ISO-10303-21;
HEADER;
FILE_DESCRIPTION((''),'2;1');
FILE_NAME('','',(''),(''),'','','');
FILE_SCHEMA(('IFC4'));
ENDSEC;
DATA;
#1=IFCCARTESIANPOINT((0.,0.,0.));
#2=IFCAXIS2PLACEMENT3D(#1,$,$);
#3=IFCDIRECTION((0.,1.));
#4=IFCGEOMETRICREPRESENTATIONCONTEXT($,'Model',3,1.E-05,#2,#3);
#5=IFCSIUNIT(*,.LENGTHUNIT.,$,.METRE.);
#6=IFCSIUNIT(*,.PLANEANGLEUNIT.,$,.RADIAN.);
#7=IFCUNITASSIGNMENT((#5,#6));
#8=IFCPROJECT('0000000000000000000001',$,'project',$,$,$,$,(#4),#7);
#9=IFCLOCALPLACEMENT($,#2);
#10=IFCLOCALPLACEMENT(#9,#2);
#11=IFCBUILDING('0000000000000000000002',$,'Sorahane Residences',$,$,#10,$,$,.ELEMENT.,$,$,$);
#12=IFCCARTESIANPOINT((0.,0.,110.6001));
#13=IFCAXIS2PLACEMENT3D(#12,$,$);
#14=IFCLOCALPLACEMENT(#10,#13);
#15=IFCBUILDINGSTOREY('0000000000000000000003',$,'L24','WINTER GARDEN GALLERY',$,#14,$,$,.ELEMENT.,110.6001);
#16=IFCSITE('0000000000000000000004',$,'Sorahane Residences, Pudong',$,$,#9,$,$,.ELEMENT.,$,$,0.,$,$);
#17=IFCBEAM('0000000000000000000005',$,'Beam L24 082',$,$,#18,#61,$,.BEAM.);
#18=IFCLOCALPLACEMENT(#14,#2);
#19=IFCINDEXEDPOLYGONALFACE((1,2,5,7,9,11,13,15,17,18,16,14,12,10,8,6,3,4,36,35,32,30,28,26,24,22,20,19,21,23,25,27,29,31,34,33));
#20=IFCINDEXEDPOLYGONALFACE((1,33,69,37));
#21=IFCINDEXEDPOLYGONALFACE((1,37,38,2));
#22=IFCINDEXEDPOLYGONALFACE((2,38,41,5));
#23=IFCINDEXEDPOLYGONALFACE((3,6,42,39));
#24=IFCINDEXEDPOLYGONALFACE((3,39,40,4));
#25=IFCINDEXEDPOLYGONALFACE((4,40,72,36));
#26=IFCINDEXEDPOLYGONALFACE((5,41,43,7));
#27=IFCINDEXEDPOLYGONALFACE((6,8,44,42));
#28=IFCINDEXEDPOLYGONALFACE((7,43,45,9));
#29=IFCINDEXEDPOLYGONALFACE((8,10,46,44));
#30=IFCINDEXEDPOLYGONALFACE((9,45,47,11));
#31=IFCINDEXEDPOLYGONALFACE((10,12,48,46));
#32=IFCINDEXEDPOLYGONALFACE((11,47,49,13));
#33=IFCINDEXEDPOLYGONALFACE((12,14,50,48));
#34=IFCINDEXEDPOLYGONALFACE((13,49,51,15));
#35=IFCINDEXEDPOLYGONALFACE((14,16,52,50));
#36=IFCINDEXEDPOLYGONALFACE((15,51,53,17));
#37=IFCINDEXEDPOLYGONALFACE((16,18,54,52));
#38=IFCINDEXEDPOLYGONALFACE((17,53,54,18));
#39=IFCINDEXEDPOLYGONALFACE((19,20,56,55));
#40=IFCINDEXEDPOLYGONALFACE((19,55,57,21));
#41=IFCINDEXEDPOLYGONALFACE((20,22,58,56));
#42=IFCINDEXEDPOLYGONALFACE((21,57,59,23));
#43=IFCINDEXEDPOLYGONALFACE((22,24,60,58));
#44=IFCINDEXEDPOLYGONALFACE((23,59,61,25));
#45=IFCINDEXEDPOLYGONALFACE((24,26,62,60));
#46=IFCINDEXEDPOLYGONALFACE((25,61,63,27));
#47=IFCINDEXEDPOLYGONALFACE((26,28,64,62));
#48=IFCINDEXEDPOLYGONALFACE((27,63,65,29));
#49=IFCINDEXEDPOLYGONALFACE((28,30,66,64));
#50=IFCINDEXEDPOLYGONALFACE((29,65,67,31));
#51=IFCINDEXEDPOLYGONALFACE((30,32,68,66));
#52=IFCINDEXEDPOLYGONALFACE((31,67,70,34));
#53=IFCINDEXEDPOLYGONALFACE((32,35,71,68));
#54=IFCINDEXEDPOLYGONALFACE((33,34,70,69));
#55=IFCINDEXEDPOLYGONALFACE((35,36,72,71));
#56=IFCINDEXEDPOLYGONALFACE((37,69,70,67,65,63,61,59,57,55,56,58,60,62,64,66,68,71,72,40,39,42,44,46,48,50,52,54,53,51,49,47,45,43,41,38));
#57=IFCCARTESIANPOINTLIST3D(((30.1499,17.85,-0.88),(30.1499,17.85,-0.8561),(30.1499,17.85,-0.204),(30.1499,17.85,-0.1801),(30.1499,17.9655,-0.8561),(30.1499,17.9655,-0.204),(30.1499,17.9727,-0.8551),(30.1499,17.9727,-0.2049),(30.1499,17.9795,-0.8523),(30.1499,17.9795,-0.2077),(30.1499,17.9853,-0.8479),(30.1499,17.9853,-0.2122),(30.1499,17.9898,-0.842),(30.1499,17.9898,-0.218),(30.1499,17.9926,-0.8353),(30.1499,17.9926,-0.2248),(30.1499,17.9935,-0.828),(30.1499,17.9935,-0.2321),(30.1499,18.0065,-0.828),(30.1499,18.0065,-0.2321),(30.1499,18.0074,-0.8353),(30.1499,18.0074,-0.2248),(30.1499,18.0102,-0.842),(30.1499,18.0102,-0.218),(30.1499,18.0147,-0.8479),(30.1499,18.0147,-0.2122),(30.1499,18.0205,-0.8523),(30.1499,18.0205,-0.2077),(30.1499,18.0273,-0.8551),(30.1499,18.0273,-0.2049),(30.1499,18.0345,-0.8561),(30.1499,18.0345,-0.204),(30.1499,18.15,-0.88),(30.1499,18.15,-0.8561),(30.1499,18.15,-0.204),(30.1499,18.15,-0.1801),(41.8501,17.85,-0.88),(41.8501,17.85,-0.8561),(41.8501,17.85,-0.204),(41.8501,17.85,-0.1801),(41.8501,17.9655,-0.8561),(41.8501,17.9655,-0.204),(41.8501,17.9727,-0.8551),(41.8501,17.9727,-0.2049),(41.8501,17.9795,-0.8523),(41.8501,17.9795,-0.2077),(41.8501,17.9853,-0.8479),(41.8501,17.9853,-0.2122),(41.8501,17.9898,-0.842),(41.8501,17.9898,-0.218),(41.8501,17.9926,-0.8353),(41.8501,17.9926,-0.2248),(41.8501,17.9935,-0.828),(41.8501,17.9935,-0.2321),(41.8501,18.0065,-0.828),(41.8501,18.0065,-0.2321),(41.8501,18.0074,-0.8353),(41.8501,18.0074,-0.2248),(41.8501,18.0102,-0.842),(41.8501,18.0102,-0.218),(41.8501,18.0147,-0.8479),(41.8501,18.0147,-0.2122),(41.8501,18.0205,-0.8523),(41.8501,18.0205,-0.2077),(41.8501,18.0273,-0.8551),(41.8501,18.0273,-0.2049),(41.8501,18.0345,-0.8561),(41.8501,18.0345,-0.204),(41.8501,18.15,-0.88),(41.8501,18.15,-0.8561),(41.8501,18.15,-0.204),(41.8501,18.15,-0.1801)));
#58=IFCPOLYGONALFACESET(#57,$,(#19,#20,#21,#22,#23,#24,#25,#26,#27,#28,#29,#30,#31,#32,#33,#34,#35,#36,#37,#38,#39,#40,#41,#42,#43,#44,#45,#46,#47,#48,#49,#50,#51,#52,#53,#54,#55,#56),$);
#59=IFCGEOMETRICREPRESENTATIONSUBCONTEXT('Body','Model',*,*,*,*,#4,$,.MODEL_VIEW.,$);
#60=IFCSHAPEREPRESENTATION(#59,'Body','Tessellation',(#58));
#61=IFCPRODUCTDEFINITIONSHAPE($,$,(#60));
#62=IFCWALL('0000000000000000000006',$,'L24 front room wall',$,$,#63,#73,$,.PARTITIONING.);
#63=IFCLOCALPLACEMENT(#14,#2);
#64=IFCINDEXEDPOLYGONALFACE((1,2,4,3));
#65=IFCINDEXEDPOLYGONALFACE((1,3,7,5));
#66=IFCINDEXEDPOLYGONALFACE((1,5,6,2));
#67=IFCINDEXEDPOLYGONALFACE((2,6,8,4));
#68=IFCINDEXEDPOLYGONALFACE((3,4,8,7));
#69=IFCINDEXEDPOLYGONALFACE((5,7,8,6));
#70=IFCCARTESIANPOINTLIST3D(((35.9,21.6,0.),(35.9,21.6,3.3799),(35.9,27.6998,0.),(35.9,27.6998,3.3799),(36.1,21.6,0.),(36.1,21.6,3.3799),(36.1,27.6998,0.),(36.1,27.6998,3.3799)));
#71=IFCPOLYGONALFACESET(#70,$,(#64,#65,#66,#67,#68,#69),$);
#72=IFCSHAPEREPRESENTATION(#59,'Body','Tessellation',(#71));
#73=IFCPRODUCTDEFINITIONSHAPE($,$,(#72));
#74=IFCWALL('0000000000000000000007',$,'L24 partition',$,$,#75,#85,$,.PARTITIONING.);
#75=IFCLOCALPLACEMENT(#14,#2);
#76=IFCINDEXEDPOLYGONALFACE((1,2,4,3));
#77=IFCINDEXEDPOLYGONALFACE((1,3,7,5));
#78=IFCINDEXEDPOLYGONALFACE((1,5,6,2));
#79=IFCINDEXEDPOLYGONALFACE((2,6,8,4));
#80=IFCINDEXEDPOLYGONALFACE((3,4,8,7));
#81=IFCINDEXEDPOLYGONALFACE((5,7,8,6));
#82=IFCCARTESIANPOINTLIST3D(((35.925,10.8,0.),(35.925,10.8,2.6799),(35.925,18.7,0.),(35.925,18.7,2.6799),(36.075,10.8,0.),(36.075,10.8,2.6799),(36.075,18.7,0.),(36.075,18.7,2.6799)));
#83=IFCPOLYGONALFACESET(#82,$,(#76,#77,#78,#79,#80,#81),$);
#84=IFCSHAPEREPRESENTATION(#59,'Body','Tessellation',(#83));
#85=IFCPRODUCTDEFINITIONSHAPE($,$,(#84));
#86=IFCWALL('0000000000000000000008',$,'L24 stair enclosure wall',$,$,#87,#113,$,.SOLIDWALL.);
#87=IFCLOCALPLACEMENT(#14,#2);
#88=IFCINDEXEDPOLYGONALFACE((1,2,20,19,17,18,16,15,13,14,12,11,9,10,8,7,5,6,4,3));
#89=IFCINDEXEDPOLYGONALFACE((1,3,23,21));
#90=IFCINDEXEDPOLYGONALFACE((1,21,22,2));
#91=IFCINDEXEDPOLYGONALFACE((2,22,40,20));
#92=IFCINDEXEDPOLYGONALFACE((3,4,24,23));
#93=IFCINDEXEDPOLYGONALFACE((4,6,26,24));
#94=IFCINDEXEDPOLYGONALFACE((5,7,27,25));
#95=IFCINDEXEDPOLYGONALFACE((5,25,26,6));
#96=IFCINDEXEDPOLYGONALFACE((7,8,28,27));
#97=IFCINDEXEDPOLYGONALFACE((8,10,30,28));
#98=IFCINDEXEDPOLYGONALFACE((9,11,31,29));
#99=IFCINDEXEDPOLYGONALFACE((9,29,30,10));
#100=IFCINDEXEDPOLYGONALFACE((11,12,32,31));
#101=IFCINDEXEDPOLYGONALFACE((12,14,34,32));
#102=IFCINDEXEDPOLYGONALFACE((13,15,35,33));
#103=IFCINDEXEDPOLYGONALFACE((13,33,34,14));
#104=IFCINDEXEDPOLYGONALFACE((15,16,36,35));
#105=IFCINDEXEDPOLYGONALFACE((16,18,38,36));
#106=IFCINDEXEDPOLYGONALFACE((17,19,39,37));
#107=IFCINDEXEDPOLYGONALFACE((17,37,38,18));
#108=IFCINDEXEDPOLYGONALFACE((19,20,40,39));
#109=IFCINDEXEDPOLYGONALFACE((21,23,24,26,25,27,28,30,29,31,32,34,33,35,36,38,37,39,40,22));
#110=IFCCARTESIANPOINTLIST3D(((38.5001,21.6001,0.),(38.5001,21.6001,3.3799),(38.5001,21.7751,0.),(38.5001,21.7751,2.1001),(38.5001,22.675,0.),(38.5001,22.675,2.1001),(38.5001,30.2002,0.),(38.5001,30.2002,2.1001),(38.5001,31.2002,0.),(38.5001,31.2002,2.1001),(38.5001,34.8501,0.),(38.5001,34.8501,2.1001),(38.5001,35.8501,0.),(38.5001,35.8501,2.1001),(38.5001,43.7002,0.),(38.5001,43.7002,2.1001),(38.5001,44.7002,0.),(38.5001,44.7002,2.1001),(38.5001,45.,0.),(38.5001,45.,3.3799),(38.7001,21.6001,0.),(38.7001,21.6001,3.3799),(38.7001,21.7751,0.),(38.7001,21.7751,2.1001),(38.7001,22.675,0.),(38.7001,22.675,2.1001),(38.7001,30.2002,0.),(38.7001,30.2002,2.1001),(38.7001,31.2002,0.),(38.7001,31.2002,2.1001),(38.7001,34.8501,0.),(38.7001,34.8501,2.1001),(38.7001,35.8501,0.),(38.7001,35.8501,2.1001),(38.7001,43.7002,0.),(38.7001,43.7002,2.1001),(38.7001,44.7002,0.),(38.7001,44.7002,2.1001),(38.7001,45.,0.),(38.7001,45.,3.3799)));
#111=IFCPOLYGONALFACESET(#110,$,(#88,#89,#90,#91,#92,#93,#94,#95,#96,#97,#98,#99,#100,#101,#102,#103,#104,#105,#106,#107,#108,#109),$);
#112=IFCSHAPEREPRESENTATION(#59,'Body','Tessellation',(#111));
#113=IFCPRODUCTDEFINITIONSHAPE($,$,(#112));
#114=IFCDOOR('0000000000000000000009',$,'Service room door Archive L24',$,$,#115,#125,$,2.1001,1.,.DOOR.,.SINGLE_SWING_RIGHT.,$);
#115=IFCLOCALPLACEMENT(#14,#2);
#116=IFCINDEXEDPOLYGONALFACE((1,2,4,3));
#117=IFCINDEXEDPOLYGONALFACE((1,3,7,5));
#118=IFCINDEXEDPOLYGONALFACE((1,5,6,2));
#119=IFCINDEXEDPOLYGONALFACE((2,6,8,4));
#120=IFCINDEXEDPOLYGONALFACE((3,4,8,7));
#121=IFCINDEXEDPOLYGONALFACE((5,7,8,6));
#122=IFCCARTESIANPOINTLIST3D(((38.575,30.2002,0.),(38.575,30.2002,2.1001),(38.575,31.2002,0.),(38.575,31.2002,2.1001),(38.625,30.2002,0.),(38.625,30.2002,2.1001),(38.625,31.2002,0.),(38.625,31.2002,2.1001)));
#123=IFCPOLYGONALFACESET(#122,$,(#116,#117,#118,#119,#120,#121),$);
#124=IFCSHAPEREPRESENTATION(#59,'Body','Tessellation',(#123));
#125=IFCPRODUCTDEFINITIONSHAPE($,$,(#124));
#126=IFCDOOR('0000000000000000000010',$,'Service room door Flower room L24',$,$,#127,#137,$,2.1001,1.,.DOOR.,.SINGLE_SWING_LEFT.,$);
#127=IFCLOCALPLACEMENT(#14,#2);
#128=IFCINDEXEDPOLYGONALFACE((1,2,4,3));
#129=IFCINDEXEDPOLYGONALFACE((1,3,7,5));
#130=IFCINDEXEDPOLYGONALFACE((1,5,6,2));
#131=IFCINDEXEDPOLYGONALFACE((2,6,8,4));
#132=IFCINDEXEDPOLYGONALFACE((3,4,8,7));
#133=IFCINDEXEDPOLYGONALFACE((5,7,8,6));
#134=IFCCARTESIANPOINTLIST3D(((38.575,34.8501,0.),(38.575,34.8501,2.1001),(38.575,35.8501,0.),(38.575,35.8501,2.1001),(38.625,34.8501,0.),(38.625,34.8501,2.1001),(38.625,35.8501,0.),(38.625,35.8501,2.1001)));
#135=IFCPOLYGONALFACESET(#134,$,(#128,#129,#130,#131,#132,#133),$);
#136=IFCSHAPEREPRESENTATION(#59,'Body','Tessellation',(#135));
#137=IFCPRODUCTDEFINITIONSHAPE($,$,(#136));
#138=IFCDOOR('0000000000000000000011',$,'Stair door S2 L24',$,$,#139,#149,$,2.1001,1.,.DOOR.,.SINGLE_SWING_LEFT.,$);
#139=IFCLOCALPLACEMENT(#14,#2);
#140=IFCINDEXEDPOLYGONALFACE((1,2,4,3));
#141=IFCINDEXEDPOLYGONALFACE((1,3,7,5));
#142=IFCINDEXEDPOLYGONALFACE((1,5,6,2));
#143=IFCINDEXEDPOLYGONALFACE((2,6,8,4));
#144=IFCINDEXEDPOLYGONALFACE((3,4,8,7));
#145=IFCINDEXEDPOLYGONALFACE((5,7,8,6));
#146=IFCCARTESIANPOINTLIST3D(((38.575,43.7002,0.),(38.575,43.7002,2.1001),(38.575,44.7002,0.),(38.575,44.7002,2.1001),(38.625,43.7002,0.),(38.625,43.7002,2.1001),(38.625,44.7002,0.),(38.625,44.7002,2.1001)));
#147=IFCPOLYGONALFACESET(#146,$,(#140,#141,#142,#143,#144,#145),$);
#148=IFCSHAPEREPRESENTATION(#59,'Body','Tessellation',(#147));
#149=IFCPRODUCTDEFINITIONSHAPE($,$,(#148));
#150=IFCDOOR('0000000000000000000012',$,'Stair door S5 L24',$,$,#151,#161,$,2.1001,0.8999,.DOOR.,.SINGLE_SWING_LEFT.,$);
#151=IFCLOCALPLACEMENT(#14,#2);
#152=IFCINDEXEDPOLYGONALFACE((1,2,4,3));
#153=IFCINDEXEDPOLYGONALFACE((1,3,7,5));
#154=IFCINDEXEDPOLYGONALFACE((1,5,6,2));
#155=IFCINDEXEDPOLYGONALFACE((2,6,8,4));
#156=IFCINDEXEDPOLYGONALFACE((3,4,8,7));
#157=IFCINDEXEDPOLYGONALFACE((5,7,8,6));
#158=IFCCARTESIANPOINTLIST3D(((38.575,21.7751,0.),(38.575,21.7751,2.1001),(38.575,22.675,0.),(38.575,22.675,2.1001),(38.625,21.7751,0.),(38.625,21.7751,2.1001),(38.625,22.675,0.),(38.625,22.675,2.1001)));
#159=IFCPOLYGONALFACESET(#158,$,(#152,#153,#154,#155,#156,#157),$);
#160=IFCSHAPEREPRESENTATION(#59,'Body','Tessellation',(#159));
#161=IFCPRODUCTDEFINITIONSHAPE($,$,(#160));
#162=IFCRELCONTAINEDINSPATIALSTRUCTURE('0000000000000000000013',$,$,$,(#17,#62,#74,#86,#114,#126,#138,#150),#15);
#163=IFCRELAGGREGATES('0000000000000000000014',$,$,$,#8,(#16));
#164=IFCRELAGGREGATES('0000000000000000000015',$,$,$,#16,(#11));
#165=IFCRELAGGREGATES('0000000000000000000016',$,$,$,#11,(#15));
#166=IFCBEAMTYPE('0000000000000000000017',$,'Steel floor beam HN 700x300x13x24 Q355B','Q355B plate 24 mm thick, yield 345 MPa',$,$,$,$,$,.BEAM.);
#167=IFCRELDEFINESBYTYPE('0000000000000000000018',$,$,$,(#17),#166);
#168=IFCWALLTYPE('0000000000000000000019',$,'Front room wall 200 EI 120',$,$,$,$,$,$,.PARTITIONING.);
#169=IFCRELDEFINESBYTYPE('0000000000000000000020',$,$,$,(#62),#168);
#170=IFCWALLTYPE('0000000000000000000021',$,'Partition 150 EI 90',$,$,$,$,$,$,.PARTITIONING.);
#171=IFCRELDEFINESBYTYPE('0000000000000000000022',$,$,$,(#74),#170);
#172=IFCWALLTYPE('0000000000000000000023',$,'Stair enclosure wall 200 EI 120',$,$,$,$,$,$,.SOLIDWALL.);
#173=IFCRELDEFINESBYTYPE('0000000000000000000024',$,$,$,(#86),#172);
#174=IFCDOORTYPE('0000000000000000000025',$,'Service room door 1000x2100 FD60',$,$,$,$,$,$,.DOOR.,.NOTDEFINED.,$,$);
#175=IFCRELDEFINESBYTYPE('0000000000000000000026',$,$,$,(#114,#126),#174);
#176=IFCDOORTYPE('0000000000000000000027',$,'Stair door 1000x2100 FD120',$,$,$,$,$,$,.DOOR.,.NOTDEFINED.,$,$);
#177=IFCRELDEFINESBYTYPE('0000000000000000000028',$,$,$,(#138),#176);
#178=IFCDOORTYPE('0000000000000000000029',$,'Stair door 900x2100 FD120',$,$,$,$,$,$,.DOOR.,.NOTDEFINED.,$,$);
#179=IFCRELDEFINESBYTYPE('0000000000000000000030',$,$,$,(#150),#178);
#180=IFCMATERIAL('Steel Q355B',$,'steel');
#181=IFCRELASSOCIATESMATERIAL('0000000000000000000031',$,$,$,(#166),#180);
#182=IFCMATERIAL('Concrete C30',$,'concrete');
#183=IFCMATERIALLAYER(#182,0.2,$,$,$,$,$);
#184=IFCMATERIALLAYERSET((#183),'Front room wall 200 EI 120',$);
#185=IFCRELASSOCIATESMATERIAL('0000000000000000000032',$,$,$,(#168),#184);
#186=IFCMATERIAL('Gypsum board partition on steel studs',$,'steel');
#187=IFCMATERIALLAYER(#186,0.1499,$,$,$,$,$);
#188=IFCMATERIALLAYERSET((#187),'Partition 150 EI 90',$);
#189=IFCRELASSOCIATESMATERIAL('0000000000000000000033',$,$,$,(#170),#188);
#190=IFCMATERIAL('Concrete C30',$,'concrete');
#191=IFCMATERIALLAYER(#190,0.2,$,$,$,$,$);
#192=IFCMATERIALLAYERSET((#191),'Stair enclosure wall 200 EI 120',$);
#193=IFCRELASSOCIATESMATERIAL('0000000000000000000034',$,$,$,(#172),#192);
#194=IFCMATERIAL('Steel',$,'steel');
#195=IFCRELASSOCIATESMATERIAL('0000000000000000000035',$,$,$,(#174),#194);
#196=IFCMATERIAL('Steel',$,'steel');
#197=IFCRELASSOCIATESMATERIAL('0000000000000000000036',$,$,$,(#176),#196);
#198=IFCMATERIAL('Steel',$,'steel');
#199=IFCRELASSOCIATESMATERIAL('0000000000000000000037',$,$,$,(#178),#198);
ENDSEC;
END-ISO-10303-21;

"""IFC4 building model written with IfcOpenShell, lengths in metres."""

from ifc_helpers import new_model, si_unit, direction, frame, frame_2d, origin, origin_2d, place, context, subcontext, project, spatial, rectangle, i_section, extrude, material, layer, layer_set, material_profile, profile_set, type_object, element, fill, save


model = new_model("IFC4")

# Units and contexts
model_context = context("Model", 3, precision=1e-05, world=origin(), true_north=direction((0.0, 1.0)))
body_context = subcontext(model_context, "Body", "Model", "MODEL_VIEW")
ifc_project = project(units=[si_unit("LENGTHUNIT", "METRE"), si_unit("PLANEANGLEUNIT", "RADIAN")], contexts=[model_context])

# Site, building, storey
site_placement = place(None, origin())
site = spatial("IfcSite", under=ifc_project, at=site_placement, Name="Sorahane Residences, Pudong", CompositionType="ELEMENT", RefElevation=0.0)
building_placement = place(site_placement, origin())
building = spatial("IfcBuilding", under=site, at=building_placement, Name="Sorahane Residences", CompositionType="ELEMENT")
storey_placement = place(building_placement, frame((0.0, 0.0, 110.6001)))
storey = spatial("IfcBuildingStorey", under=building, at=storey_placement, Name="L24", Description="WINTER GARDEN GALLERY", CompositionType="ELEMENT", Elevation=110.6001)

# Beam
ifc_material_1 = material(Name="Steel Q355B", Category="steel")
ifc_material_profile_1 = material_profile(ifc_material_1, i_section(OverallWidth=0.3, OverallDepth=0.7, WebThickness=0.0129, FlangeThickness=0.0239, FilletRadius=0.0281, at=origin_2d()), Name="HN 700x300x13x24")
ifc_profile_set_1 = profile_set([ifc_material_profile_1], Name="Steel Q355B")
beam_type_1 = type_object("IfcBeamType", Name="Steel floor beam HN 700x300x13x24 Q355B", Description="Q355B plate 24 mm thick, yield 345 MPa", PredefinedType="BEAM", material=ifc_profile_set_1)
beam_1_placement = place(storey_placement, frame((30.1499, 18.0, -0.53), z_axis=(1.0, 0.0, 0.0), x_axis=(0.0, 1.0, 0.0)))
element("IfcBeam", 1, at=beam_1_placement, inside=storey, type_object=beam_type_1, Name="Beam L24 082", PredefinedType="BEAM", context=body_context, shape_type="SweptSolid", body=[
    extrude(i_section(OverallWidth=0.3, OverallDepth=0.7, WebThickness=0.0129, FlangeThickness=0.0239, FilletRadius=0.0281, at=origin_2d()), origin(), (0.0, 0.0, 1.0), 11.7002),
])

# Walls
ifc_material_2 = material(Name="Concrete C30", Category="concrete")
ifc_layer_1 = layer(ifc_material_2, 0.2)
ifc_layer_set_1 = layer_set([ifc_layer_1], Name="Front room wall 200 EI 120")
wall_type_1 = type_object("IfcWallType", Name="Front room wall 200 EI 120", PredefinedType="PARTITIONING", material=ifc_layer_set_1)
wall_1_placement = place(storey_placement, frame((36.0, 21.6001, 0.0), z_axis=(0.0, 0.0, 1.0), x_axis=(0.0, 1.0, 0.0)))
element("IfcWall", 2, at=wall_1_placement, inside=storey, type_object=wall_type_1, Name="L24 front room wall", PredefinedType="PARTITIONING", context=body_context, shape_type="SweptSolid", body=[
    extrude(rectangle(XDim=6.0999, YDim=0.2, at=frame_2d((3.0498, 0.0))), origin(), (0.0, 0.0, 1.0), 3.3799),
])
ifc_material_3 = material(Name="Gypsum board partition on steel studs", Category="steel")
ifc_layer_2 = layer(ifc_material_3, 0.1499)
ifc_layer_set_2 = layer_set([ifc_layer_2], Name="Partition 150 EI 90")
wall_type_2 = type_object("IfcWallType", Name="Partition 150 EI 90", PredefinedType="PARTITIONING", material=ifc_layer_set_2)
wall_2_placement = place(storey_placement, frame((36.0, 10.8, 0.0), z_axis=(0.0, 0.0, 1.0), x_axis=(0.0, 1.0, 0.0)))
element("IfcWall", 3, at=wall_2_placement, inside=storey, type_object=wall_type_2, Name="L24 partition", PredefinedType="PARTITIONING", context=body_context, shape_type="SweptSolid", body=[
    extrude(rectangle(XDim=7.8999, YDim=0.1499, at=frame_2d((3.95, 0.0))), origin(), (0.0, 0.0, 1.0), 2.6799),
])

# Wall, openings, doors
ifc_material_4 = material(Name="Concrete C30", Category="concrete")
ifc_layer_3 = layer(ifc_material_4, 0.2)
ifc_layer_set_3 = layer_set([ifc_layer_3], Name="Stair enclosure wall 200 EI 120")
wall_type_3 = type_object("IfcWallType", Name="Stair enclosure wall 200 EI 120", PredefinedType="SOLIDWALL", material=ifc_layer_set_3)
wall_3_placement = place(storey_placement, frame((38.6001, 21.6001, 0.0), z_axis=(0.0, 0.0, 1.0), x_axis=(0.0, 1.0, 0.0)))
wall_3 = element("IfcWall", 4, at=wall_3_placement, inside=storey, type_object=wall_type_3, Name="L24 stair enclosure wall", PredefinedType="SOLIDWALL", context=body_context, shape_type="SweptSolid", body=[
    extrude(rectangle(XDim=23.3999, YDim=0.2, at=frame_2d((11.7, 0.0))), origin(), (0.0, 0.0, 1.0), 3.3799),
])
opening_1_placement = place(wall_3_placement, frame((8.6001, 0.0, 0.0)))
opening_1 = element("IfcOpeningElement", 5, at=opening_1_placement, cuts=wall_3, PredefinedType="OPENING", context=body_context, shape_type="SweptSolid", body=[
    extrude(rectangle(XDim=1.0, YDim=2.1001, at=frame_2d((0.5, 1.05))), frame((0.0, 0.1099, 0.0), z_axis=(0.0, -1.0, 0.0), x_axis=(1.0, 0.0, 0.0)), (0.0, 0.0, 1.0), 0.22),
])
opening_2_placement = place(wall_3_placement, frame((13.25, 0.0, 0.0)))
opening_2 = element("IfcOpeningElement", 6, at=opening_2_placement, cuts=wall_3, PredefinedType="OPENING", context=body_context, shape_type="SweptSolid", body=[
    extrude(rectangle(XDim=1.0, YDim=2.1001, at=frame_2d((0.5, 1.05))), frame((0.0, 0.1099, 0.0), z_axis=(0.0, -1.0, 0.0), x_axis=(1.0, 0.0, 0.0)), (0.0, 0.0, 1.0), 0.22),
])
opening_3_placement = place(wall_3_placement, frame((22.1001, 0.0, 0.0)))
opening_3 = element("IfcOpeningElement", 7, at=opening_3_placement, cuts=wall_3, PredefinedType="OPENING", context=body_context, shape_type="SweptSolid", body=[
    extrude(rectangle(XDim=1.0, YDim=2.1001, at=frame_2d((0.5, 1.05))), frame((0.0, 0.1099, 0.0), z_axis=(0.0, -1.0, 0.0), x_axis=(1.0, 0.0, 0.0)), (0.0, 0.0, 1.0), 0.22),
])
opening_4_placement = place(wall_3_placement, frame((0.175, 0.0, 0.0)))
opening_4 = element("IfcOpeningElement", 8, at=opening_4_placement, cuts=wall_3, PredefinedType="OPENING", context=body_context, shape_type="SweptSolid", body=[
    extrude(rectangle(XDim=0.8999, YDim=2.1001, at=frame_2d((0.45, 1.05))), frame((0.0, 0.1099, 0.0), z_axis=(0.0, -1.0, 0.0), x_axis=(1.0, 0.0, 0.0)), (0.0, 0.0, 1.0), 0.22),
])
ifc_material_5 = material(Name="Steel", Category="steel")
door_type_1 = type_object("IfcDoorType", Name="Service room door 1000x2100 FD60", OperationType="NOTDEFINED", PredefinedType="DOOR", material=ifc_material_5)
door_1_placement = place(opening_1_placement, frame((1.0, 0.0, 0.0), z_axis=(0.0, 0.0, 1.0), x_axis=(-1.0, 0.0, 0.0)))
door_1 = element("IfcDoor", 9, at=door_1_placement, inside=storey, type_object=door_type_1, Name="Service room door Archive L24", OperationType="SINGLE_SWING_RIGHT", OverallHeight=2.1001, OverallWidth=1.0, PredefinedType="DOOR", context=body_context, shape_type="SweptSolid", body=[
    extrude(rectangle(XDim=1.0, YDim=2.1001, at=frame_2d((0.5, 1.05))), frame((0.0, 0.0249, 0.0), z_axis=(0.0, -1.0, 0.0), x_axis=(1.0, 0.0, 0.0)), (0.0, 0.0, 1.0), 0.05),
])
fill(opening_1, door_1)
door_2_placement = place(opening_2_placement, frame((1.0, 0.0, 0.0), z_axis=(0.0, 0.0, 1.0), x_axis=(-1.0, 0.0, 0.0)))
door_2 = element("IfcDoor", 10, at=door_2_placement, inside=storey, type_object=door_type_1, Name="Service room door Flower room L24", OperationType="SINGLE_SWING_LEFT", OverallHeight=2.1001, OverallWidth=1.0, PredefinedType="DOOR", context=body_context, shape_type="SweptSolid", body=[
    extrude(rectangle(XDim=1.0, YDim=2.1001, at=frame_2d((0.5, 1.05))), frame((0.0, 0.0249, 0.0), z_axis=(0.0, -1.0, 0.0), x_axis=(1.0, 0.0, 0.0)), (0.0, 0.0, 1.0), 0.05),
])
fill(opening_2, door_2)
ifc_material_6 = material(Name="Steel", Category="steel")
door_type_2 = type_object("IfcDoorType", Name="Stair door 1000x2100 FD120", OperationType="NOTDEFINED", PredefinedType="DOOR", material=ifc_material_6)
door_3_placement = place(opening_3_placement, frame((1.0, 0.0, 0.0), z_axis=(0.0, 0.0, 1.0), x_axis=(-1.0, 0.0, 0.0)))
door_3 = element("IfcDoor", 11, at=door_3_placement, inside=storey, type_object=door_type_2, Name="Stair door S2 L24", OperationType="SINGLE_SWING_LEFT", OverallHeight=2.1001, OverallWidth=1.0, PredefinedType="DOOR", context=body_context, shape_type="SweptSolid", body=[
    extrude(rectangle(XDim=1.0, YDim=2.1001, at=frame_2d((0.5, 1.05))), frame((0.0, 0.0249, 0.0), z_axis=(0.0, -1.0, 0.0), x_axis=(1.0, 0.0, 0.0)), (0.0, 0.0, 1.0), 0.05),
])
fill(opening_3, door_3)
ifc_material_7 = material(Name="Steel", Category="steel")
door_type_3 = type_object("IfcDoorType", Name="Stair door 900x2100 FD120", OperationType="NOTDEFINED", PredefinedType="DOOR", material=ifc_material_7)
door_4_placement = place(opening_4_placement, frame((0.8999, 0.0, 0.0), z_axis=(0.0, 0.0, 1.0), x_axis=(-1.0, 0.0, 0.0)))
door_4 = element("IfcDoor", 12, at=door_4_placement, inside=storey, type_object=door_type_3, Name="Stair door S5 L24", OperationType="SINGLE_SWING_LEFT", OverallHeight=2.1001, OverallWidth=0.8999, PredefinedType="DOOR", context=body_context, shape_type="SweptSolid", body=[
    extrude(rectangle(XDim=0.8999, YDim=2.1001, at=frame_2d((0.45, 1.05))), frame((0.0, 0.0249, 0.0), z_axis=(0.0, -1.0, 0.0), x_axis=(1.0, 0.0, 0.0)), (0.0, 0.0, 1.0), 0.05),
])
fill(opening_4, door_4)

save(model, "model.ifc")
